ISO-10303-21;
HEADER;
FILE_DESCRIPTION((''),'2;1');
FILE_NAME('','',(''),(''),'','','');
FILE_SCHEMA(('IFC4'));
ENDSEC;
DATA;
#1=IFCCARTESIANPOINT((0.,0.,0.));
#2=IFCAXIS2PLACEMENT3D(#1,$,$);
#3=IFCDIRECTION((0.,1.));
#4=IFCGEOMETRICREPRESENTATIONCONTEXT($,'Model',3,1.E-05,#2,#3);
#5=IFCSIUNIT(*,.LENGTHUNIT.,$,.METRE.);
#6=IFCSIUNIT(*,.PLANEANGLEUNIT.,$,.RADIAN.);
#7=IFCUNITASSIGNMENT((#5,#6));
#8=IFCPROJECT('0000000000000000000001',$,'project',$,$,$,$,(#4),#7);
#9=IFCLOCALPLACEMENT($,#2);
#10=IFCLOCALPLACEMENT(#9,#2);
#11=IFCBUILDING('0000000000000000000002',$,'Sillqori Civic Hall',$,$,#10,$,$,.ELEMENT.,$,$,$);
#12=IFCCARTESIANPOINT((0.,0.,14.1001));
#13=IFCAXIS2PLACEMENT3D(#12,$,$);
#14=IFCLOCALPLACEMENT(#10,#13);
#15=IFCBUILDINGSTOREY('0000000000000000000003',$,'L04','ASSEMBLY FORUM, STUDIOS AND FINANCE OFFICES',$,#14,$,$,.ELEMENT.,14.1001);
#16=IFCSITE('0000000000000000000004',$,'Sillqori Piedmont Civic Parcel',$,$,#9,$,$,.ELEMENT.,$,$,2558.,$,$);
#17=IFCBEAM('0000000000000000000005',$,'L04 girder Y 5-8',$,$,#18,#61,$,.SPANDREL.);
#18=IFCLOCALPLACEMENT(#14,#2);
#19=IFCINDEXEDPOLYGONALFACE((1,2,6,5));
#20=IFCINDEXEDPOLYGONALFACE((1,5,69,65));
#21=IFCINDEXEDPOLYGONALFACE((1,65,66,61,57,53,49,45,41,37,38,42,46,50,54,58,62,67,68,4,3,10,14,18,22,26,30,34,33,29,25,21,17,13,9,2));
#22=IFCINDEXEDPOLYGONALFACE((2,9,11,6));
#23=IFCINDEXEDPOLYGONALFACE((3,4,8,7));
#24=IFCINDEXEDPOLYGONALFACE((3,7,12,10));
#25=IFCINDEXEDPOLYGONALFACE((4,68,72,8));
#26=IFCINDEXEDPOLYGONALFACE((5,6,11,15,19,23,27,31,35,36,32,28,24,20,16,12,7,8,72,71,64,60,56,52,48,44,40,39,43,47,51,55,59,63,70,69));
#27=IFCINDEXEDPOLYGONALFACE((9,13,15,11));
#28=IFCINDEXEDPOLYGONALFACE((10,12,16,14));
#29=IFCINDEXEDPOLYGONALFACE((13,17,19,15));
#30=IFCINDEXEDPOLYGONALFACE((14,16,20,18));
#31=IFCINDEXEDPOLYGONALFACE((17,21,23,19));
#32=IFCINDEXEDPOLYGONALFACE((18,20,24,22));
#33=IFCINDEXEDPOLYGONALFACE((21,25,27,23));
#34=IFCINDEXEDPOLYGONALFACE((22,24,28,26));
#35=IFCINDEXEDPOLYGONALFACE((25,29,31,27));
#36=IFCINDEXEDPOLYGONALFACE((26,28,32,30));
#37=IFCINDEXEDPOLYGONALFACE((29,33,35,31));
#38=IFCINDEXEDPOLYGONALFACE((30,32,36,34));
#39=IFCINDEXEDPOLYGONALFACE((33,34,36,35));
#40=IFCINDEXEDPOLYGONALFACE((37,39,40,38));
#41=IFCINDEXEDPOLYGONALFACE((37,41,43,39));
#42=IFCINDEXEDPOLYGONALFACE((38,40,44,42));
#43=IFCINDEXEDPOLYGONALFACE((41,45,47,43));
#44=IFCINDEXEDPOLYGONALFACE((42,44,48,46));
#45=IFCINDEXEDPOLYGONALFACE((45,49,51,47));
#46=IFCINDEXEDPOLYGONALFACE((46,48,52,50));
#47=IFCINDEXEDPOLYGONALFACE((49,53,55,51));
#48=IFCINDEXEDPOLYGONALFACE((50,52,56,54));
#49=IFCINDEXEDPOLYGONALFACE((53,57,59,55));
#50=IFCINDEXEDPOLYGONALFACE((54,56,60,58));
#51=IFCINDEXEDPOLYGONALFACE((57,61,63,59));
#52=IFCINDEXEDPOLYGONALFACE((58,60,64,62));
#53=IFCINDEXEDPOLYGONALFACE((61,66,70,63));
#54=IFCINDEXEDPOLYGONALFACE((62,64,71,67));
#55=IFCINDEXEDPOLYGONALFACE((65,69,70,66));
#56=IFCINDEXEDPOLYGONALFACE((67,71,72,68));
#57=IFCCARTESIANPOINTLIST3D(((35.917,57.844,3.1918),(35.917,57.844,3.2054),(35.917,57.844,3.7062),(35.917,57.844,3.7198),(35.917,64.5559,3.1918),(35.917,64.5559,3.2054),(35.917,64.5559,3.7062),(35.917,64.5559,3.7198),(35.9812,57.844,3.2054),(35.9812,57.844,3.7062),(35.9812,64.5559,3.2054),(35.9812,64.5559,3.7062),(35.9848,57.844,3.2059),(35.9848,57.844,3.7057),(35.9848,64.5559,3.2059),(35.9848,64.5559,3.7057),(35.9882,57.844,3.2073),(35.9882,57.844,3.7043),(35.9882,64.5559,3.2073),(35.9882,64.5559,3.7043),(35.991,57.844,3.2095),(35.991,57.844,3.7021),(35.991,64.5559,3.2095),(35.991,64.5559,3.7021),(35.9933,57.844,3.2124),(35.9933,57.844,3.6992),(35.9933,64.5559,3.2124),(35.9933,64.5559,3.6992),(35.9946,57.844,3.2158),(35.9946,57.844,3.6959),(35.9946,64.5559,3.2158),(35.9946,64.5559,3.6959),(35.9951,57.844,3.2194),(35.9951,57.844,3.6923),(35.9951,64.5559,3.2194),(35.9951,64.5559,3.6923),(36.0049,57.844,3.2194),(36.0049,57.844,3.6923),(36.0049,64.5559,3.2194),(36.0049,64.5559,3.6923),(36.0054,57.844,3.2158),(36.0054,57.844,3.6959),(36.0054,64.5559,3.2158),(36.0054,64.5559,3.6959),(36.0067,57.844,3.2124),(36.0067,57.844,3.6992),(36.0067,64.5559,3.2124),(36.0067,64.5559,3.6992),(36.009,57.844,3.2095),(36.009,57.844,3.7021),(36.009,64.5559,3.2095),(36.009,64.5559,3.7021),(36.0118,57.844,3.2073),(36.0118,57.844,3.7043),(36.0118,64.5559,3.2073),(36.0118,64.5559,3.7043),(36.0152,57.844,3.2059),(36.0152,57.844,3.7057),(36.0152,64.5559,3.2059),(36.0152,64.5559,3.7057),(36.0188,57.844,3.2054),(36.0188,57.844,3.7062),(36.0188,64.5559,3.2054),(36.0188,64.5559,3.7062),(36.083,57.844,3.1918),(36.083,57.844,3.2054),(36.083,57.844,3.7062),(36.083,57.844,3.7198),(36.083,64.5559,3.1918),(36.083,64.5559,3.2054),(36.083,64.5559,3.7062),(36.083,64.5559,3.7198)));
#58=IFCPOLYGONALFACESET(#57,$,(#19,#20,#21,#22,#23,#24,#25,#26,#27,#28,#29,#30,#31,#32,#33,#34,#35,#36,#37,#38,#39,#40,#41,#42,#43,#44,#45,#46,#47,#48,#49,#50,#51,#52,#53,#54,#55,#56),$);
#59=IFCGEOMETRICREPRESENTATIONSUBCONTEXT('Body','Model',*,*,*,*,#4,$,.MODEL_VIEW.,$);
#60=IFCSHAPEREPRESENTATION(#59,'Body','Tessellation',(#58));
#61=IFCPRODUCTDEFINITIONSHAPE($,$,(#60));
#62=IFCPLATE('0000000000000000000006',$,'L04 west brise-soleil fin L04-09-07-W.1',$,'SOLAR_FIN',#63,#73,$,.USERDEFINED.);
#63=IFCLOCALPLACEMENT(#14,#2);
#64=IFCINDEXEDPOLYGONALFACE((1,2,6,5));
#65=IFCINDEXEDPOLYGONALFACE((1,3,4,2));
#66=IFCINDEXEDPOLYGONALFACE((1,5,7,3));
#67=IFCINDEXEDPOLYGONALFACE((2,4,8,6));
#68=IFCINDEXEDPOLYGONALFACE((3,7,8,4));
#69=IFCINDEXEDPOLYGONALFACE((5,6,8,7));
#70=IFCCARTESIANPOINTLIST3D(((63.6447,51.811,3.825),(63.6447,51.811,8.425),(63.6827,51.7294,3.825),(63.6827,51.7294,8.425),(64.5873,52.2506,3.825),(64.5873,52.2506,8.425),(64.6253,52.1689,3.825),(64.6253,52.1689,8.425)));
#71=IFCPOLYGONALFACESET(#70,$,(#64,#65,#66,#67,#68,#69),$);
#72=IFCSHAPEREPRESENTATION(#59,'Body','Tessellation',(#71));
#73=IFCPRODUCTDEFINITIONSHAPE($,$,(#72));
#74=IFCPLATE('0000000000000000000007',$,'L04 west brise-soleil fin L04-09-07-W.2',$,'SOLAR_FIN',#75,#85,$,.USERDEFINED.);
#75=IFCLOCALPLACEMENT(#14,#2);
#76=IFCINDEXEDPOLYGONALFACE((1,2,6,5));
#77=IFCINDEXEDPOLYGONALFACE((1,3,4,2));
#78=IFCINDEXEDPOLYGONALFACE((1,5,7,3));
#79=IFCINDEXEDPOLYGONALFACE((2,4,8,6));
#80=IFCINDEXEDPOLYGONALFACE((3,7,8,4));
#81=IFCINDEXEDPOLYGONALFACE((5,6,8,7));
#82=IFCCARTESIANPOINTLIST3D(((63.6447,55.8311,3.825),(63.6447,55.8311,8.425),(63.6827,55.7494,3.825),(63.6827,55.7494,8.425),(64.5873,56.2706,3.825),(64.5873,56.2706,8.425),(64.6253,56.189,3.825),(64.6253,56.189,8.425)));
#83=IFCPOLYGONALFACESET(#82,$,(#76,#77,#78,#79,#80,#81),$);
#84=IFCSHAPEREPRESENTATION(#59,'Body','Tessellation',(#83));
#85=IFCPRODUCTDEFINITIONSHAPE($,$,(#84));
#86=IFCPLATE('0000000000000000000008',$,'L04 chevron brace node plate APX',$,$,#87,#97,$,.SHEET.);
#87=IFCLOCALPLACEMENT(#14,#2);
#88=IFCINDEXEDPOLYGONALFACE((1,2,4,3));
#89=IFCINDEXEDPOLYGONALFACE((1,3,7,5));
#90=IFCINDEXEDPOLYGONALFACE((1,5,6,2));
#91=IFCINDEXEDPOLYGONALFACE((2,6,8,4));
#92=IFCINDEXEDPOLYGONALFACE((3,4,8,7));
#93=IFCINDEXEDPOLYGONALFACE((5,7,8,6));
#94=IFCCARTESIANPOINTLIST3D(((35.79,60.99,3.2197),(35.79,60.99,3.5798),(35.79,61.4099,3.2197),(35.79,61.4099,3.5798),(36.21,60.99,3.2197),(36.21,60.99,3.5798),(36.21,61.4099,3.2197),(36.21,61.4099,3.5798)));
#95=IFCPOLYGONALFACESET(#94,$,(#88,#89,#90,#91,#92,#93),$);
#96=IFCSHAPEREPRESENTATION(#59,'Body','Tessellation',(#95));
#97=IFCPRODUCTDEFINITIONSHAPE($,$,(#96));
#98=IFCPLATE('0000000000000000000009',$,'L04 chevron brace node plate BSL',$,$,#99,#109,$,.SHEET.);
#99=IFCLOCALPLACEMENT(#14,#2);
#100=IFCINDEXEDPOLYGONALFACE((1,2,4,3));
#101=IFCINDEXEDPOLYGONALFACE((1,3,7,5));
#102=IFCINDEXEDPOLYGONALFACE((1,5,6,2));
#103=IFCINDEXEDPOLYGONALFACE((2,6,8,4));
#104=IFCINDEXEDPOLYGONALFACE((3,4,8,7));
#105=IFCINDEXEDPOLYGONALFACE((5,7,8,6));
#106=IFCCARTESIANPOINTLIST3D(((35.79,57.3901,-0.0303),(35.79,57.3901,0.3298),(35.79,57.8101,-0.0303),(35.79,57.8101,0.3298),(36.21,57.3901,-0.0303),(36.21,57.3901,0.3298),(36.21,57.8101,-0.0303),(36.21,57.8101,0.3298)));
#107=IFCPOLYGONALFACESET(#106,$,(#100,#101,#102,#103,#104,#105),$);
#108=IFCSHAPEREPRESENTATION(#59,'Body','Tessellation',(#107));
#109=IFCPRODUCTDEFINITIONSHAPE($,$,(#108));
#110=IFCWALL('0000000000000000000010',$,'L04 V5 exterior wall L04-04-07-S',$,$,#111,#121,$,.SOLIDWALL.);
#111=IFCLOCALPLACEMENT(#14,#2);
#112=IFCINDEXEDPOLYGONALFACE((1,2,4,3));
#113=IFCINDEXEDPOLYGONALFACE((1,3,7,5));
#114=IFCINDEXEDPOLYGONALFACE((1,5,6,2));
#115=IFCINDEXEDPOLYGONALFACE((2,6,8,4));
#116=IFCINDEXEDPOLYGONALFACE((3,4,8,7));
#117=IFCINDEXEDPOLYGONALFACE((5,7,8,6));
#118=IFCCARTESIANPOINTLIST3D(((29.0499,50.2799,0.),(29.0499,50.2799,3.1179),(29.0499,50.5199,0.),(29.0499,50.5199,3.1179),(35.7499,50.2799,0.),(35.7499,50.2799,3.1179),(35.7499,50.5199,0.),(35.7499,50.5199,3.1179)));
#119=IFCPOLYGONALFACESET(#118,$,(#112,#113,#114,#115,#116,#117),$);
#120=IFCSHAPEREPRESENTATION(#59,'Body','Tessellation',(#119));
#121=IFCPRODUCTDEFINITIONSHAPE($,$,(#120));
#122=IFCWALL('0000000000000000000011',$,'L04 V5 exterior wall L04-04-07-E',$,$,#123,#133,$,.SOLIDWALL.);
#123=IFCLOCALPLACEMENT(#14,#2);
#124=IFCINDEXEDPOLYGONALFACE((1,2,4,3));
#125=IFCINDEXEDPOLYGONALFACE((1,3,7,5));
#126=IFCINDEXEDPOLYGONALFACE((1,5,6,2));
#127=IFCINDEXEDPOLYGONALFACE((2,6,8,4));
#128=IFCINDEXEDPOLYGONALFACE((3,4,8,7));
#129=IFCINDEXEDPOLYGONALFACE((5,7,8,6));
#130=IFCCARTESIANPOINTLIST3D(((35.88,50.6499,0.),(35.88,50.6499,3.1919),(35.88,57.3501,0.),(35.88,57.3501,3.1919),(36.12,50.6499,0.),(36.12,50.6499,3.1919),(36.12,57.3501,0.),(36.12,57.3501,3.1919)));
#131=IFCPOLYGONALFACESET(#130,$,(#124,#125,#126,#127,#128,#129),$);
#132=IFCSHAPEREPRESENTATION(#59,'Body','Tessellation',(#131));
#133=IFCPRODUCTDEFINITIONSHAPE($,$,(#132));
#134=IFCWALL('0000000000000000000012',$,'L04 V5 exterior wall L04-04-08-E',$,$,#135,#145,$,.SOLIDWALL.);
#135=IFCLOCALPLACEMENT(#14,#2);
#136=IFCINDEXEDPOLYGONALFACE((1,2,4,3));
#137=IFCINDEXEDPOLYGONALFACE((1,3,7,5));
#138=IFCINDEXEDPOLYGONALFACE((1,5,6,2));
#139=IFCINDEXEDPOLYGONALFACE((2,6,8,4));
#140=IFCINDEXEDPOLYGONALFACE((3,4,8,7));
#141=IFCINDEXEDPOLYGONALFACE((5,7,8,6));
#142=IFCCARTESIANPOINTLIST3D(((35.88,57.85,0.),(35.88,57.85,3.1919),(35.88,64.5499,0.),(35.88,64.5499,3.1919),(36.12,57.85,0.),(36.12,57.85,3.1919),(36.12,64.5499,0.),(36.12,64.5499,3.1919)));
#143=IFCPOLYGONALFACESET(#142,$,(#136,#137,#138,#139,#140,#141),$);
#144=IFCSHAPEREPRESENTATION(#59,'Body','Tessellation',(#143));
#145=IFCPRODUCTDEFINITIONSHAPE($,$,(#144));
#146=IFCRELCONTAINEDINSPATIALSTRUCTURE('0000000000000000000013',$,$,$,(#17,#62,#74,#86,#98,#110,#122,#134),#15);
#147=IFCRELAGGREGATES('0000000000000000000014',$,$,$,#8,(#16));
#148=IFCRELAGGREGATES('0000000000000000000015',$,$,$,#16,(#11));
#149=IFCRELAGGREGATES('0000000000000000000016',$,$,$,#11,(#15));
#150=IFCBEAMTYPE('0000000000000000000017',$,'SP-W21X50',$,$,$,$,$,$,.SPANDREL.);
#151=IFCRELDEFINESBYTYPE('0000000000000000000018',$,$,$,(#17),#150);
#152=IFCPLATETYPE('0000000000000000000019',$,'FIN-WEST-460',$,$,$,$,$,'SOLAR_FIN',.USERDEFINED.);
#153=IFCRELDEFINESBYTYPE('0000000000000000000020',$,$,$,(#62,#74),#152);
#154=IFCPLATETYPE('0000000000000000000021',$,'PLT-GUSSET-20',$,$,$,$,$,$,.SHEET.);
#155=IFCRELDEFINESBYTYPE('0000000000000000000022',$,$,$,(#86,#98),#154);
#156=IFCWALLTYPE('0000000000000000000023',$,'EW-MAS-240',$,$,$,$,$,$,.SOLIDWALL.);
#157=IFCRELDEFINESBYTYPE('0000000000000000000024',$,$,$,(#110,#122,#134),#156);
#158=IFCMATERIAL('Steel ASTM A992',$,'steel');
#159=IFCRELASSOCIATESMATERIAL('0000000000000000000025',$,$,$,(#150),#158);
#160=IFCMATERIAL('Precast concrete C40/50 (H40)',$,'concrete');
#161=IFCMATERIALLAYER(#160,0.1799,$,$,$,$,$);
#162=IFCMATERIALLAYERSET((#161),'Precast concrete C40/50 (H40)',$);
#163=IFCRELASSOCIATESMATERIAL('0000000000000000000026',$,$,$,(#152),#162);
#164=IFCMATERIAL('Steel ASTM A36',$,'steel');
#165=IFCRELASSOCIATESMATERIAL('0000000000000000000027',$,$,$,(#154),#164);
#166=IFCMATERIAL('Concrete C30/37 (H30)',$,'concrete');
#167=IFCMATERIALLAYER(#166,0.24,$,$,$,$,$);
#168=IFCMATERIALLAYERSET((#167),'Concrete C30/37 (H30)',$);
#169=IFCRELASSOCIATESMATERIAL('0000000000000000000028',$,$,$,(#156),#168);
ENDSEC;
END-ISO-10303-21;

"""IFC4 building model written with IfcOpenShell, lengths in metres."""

from ifc_helpers import new_model, si_unit, direction, frame, frame_2d, origin, origin_2d, place, context, subcontext, project, spatial, rectangle, i_section, extrude, material, layer, layer_set, material_profile, profile_set, type_object, element, save


model = new_model("IFC4")

# Units and contexts
model_context = context("Model", 3, precision=1e-05, world=origin(), true_north=direction((0.0, 1.0)))
body_context = subcontext(model_context, "Body", "Model", "MODEL_VIEW")
ifc_project = project(units=[si_unit("LENGTHUNIT", "METRE"), si_unit("PLANEANGLEUNIT", "RADIAN")], contexts=[model_context])

# Site, building, storey
site_placement = place(None, origin())
site = spatial("IfcSite", under=ifc_project, at=site_placement, Name="Sillqori Piedmont Civic Parcel", CompositionType="ELEMENT", RefElevation=2558.0)
building_placement = place(site_placement, origin())
building = spatial("IfcBuilding", under=site, at=building_placement, Name="Sillqori Civic Hall", CompositionType="ELEMENT")
storey_placement = place(building_placement, frame((0.0, 0.0, 14.1001)))
storey = spatial("IfcBuildingStorey", under=building, at=storey_placement, Name="L04", Description="ASSEMBLY FORUM, STUDIOS AND FINANCE OFFICES", CompositionType="ELEMENT", Elevation=14.1001)

# Shared definitions
ifc_material_1 = material(Name="Steel ASTM A992", Category="steel")

# Beam
ifc_material_profile_1 = material_profile(ifc_material_1, i_section(OverallWidth=0.166, OverallDepth=0.5281, WebThickness=0.0098, FlangeThickness=0.0137, FilletRadius=0.0139, at=origin_2d()), Name="W21X50")
ifc_profile_set_1 = profile_set([ifc_material_profile_1], Name="Steel ASTM A992")
beam_type_1 = type_object("IfcBeamType", Name="SP-W21X50", PredefinedType="SPANDREL", material=ifc_profile_set_1)
for number, where, z_axis, x_axis, name in (
    (1, (36.0, 57.844, 3.4558), (0.0, 1.0, 0.0), (-1.0, 0.0, 0.0), "L04 girder Y 5-8"),
):
    element("IfcBeam", number, at=place(storey_placement, frame(where, z_axis=z_axis, x_axis=x_axis)), inside=storey, type_object=beam_type_1, Name=name, PredefinedType="SPANDREL", context=body_context, shape_type="SweptSolid", body=[
        extrude(i_section(OverallWidth=0.166, OverallDepth=0.5281, WebThickness=0.0098, FlangeThickness=0.0137, FilletRadius=0.0139, at=origin_2d()), origin(), (0.0, 0.0, 1.0), 6.7119),
    ])

# Plates
ifc_material_2 = material(Name="Precast concrete C40/50 (H40)", Category="concrete")
ifc_layer_1 = layer(ifc_material_2, 0.1799)
ifc_layer_set_1 = layer_set([ifc_layer_1], Name="Precast concrete C40/50 (H40)")
plate_type_1 = type_object("IfcPlateType", Name="FIN-WEST-460", ElementType="SOLAR_FIN", PredefinedType="USERDEFINED", material=ifc_layer_set_1)
for number, where, z_axis, x_axis, name in (
    (2, (64.135, 51.99, 3.825), (0.0, 0.0, 1.0), (-0.422618, 0.906308, 0.0), "L04 west brise-soleil fin L04-09-07-W.1"),
    (3, (64.135, 56.01, 3.825), (0.0, 0.0, 1.0), (-0.422618, 0.906308, 0.0), "L04 west brise-soleil fin L04-09-07-W.2"),
):
    element("IfcPlate", number, at=place(storey_placement, frame(where, z_axis=z_axis, x_axis=x_axis)), inside=storey, type_object=plate_type_1, Name=name, ObjectType="SOLAR_FIN", PredefinedType="USERDEFINED", context=body_context, shape_type="SweptSolid", body=[
        extrude(rectangle(XDim=0.0901, YDim=1.04, at=origin_2d()), origin(), (0.0, 0.0, 1.0), 4.6001),
    ])
ifc_material_3 = material(Name="Steel ASTM A36", Category="steel")
plate_type_2 = type_object("IfcPlateType", Name="PLT-GUSSET-20", PredefinedType="SHEET", material=ifc_material_3)
for number, where, z_axis, x_axis, name in (
    (4, (36.0, 61.2, 3.2197), (0.0, 0.0, 1.0), (1.0, 0.0, 0.0), "L04 chevron brace node plate APX"),
    (5, (36.0, 57.6001, -0.0303), (0.0, 0.0, 1.0), (1.0, 0.0, 0.0), "L04 chevron brace node plate BSL"),
):
    element("IfcPlate", number, at=place(storey_placement, frame(where, z_axis=z_axis, x_axis=x_axis)), inside=storey, type_object=plate_type_2, Name=name, PredefinedType="SHEET", context=body_context, shape_type="SweptSolid", body=[
        extrude(rectangle(XDim=0.4199, YDim=0.4199, at=origin_2d()), origin(), (0.0, 0.0, 1.0), 0.3601),
    ])

# Walls
ifc_material_4 = material(Name="Concrete C30/37 (H30)", Category="concrete")
ifc_layer_2 = layer(ifc_material_4, 0.24)
ifc_layer_set_2 = layer_set([ifc_layer_2], Name="Concrete C30/37 (H30)")
wall_type_1 = type_object("IfcWallType", Name="EW-MAS-240", PredefinedType="SOLIDWALL", material=ifc_layer_set_2)
wall_1_placement = place(storey_placement, frame((35.75, 50.3999, 0.0), z_axis=(0.0, 0.0, 1.0), x_axis=(-1.0, 0.0, 0.0)))
element("IfcWall", 6, at=wall_1_placement, inside=storey, type_object=wall_type_1, Name="L04 V5 exterior wall L04-04-07-S", PredefinedType="SOLIDWALL", context=body_context, shape_type="SweptSolid", body=[
    extrude(rectangle(XDim=6.7, YDim=0.24, at=frame_2d((3.3501, 0.0))), origin(), (0.0, 0.0, 1.0), 3.1179),
])
wall_2_placement = place(storey_placement, frame((36.0, 57.3501, 0.0), z_axis=(0.0, 0.0, 1.0), x_axis=(0.0, -1.0, 0.0)))
element("IfcWall", 7, at=wall_2_placement, inside=storey, type_object=wall_type_1, Name="L04 V5 exterior wall L04-04-07-E", PredefinedType="SOLIDWALL", context=body_context, shape_type="SweptSolid", body=[
    extrude(rectangle(XDim=6.7002, YDim=0.24, at=frame_2d((3.3501, 0.0))), origin(), (0.0, 0.0, 1.0), 3.1919),
])
wall_3_placement = place(storey_placement, frame((36.0, 64.55, 0.0), z_axis=(0.0, 0.0, 1.0), x_axis=(0.0, -1.0, 0.0)))
element("IfcWall", 8, at=wall_3_placement, inside=storey, type_object=wall_type_1, Name="L04 V5 exterior wall L04-04-08-E", PredefinedType="SOLIDWALL", context=body_context, shape_type="SweptSolid", body=[
    extrude(rectangle(XDim=6.7, YDim=0.24, at=frame_2d((3.3501, 0.0))), origin(), (0.0, 0.0, 1.0), 3.1919),
])

save(model, "model.ifc")
